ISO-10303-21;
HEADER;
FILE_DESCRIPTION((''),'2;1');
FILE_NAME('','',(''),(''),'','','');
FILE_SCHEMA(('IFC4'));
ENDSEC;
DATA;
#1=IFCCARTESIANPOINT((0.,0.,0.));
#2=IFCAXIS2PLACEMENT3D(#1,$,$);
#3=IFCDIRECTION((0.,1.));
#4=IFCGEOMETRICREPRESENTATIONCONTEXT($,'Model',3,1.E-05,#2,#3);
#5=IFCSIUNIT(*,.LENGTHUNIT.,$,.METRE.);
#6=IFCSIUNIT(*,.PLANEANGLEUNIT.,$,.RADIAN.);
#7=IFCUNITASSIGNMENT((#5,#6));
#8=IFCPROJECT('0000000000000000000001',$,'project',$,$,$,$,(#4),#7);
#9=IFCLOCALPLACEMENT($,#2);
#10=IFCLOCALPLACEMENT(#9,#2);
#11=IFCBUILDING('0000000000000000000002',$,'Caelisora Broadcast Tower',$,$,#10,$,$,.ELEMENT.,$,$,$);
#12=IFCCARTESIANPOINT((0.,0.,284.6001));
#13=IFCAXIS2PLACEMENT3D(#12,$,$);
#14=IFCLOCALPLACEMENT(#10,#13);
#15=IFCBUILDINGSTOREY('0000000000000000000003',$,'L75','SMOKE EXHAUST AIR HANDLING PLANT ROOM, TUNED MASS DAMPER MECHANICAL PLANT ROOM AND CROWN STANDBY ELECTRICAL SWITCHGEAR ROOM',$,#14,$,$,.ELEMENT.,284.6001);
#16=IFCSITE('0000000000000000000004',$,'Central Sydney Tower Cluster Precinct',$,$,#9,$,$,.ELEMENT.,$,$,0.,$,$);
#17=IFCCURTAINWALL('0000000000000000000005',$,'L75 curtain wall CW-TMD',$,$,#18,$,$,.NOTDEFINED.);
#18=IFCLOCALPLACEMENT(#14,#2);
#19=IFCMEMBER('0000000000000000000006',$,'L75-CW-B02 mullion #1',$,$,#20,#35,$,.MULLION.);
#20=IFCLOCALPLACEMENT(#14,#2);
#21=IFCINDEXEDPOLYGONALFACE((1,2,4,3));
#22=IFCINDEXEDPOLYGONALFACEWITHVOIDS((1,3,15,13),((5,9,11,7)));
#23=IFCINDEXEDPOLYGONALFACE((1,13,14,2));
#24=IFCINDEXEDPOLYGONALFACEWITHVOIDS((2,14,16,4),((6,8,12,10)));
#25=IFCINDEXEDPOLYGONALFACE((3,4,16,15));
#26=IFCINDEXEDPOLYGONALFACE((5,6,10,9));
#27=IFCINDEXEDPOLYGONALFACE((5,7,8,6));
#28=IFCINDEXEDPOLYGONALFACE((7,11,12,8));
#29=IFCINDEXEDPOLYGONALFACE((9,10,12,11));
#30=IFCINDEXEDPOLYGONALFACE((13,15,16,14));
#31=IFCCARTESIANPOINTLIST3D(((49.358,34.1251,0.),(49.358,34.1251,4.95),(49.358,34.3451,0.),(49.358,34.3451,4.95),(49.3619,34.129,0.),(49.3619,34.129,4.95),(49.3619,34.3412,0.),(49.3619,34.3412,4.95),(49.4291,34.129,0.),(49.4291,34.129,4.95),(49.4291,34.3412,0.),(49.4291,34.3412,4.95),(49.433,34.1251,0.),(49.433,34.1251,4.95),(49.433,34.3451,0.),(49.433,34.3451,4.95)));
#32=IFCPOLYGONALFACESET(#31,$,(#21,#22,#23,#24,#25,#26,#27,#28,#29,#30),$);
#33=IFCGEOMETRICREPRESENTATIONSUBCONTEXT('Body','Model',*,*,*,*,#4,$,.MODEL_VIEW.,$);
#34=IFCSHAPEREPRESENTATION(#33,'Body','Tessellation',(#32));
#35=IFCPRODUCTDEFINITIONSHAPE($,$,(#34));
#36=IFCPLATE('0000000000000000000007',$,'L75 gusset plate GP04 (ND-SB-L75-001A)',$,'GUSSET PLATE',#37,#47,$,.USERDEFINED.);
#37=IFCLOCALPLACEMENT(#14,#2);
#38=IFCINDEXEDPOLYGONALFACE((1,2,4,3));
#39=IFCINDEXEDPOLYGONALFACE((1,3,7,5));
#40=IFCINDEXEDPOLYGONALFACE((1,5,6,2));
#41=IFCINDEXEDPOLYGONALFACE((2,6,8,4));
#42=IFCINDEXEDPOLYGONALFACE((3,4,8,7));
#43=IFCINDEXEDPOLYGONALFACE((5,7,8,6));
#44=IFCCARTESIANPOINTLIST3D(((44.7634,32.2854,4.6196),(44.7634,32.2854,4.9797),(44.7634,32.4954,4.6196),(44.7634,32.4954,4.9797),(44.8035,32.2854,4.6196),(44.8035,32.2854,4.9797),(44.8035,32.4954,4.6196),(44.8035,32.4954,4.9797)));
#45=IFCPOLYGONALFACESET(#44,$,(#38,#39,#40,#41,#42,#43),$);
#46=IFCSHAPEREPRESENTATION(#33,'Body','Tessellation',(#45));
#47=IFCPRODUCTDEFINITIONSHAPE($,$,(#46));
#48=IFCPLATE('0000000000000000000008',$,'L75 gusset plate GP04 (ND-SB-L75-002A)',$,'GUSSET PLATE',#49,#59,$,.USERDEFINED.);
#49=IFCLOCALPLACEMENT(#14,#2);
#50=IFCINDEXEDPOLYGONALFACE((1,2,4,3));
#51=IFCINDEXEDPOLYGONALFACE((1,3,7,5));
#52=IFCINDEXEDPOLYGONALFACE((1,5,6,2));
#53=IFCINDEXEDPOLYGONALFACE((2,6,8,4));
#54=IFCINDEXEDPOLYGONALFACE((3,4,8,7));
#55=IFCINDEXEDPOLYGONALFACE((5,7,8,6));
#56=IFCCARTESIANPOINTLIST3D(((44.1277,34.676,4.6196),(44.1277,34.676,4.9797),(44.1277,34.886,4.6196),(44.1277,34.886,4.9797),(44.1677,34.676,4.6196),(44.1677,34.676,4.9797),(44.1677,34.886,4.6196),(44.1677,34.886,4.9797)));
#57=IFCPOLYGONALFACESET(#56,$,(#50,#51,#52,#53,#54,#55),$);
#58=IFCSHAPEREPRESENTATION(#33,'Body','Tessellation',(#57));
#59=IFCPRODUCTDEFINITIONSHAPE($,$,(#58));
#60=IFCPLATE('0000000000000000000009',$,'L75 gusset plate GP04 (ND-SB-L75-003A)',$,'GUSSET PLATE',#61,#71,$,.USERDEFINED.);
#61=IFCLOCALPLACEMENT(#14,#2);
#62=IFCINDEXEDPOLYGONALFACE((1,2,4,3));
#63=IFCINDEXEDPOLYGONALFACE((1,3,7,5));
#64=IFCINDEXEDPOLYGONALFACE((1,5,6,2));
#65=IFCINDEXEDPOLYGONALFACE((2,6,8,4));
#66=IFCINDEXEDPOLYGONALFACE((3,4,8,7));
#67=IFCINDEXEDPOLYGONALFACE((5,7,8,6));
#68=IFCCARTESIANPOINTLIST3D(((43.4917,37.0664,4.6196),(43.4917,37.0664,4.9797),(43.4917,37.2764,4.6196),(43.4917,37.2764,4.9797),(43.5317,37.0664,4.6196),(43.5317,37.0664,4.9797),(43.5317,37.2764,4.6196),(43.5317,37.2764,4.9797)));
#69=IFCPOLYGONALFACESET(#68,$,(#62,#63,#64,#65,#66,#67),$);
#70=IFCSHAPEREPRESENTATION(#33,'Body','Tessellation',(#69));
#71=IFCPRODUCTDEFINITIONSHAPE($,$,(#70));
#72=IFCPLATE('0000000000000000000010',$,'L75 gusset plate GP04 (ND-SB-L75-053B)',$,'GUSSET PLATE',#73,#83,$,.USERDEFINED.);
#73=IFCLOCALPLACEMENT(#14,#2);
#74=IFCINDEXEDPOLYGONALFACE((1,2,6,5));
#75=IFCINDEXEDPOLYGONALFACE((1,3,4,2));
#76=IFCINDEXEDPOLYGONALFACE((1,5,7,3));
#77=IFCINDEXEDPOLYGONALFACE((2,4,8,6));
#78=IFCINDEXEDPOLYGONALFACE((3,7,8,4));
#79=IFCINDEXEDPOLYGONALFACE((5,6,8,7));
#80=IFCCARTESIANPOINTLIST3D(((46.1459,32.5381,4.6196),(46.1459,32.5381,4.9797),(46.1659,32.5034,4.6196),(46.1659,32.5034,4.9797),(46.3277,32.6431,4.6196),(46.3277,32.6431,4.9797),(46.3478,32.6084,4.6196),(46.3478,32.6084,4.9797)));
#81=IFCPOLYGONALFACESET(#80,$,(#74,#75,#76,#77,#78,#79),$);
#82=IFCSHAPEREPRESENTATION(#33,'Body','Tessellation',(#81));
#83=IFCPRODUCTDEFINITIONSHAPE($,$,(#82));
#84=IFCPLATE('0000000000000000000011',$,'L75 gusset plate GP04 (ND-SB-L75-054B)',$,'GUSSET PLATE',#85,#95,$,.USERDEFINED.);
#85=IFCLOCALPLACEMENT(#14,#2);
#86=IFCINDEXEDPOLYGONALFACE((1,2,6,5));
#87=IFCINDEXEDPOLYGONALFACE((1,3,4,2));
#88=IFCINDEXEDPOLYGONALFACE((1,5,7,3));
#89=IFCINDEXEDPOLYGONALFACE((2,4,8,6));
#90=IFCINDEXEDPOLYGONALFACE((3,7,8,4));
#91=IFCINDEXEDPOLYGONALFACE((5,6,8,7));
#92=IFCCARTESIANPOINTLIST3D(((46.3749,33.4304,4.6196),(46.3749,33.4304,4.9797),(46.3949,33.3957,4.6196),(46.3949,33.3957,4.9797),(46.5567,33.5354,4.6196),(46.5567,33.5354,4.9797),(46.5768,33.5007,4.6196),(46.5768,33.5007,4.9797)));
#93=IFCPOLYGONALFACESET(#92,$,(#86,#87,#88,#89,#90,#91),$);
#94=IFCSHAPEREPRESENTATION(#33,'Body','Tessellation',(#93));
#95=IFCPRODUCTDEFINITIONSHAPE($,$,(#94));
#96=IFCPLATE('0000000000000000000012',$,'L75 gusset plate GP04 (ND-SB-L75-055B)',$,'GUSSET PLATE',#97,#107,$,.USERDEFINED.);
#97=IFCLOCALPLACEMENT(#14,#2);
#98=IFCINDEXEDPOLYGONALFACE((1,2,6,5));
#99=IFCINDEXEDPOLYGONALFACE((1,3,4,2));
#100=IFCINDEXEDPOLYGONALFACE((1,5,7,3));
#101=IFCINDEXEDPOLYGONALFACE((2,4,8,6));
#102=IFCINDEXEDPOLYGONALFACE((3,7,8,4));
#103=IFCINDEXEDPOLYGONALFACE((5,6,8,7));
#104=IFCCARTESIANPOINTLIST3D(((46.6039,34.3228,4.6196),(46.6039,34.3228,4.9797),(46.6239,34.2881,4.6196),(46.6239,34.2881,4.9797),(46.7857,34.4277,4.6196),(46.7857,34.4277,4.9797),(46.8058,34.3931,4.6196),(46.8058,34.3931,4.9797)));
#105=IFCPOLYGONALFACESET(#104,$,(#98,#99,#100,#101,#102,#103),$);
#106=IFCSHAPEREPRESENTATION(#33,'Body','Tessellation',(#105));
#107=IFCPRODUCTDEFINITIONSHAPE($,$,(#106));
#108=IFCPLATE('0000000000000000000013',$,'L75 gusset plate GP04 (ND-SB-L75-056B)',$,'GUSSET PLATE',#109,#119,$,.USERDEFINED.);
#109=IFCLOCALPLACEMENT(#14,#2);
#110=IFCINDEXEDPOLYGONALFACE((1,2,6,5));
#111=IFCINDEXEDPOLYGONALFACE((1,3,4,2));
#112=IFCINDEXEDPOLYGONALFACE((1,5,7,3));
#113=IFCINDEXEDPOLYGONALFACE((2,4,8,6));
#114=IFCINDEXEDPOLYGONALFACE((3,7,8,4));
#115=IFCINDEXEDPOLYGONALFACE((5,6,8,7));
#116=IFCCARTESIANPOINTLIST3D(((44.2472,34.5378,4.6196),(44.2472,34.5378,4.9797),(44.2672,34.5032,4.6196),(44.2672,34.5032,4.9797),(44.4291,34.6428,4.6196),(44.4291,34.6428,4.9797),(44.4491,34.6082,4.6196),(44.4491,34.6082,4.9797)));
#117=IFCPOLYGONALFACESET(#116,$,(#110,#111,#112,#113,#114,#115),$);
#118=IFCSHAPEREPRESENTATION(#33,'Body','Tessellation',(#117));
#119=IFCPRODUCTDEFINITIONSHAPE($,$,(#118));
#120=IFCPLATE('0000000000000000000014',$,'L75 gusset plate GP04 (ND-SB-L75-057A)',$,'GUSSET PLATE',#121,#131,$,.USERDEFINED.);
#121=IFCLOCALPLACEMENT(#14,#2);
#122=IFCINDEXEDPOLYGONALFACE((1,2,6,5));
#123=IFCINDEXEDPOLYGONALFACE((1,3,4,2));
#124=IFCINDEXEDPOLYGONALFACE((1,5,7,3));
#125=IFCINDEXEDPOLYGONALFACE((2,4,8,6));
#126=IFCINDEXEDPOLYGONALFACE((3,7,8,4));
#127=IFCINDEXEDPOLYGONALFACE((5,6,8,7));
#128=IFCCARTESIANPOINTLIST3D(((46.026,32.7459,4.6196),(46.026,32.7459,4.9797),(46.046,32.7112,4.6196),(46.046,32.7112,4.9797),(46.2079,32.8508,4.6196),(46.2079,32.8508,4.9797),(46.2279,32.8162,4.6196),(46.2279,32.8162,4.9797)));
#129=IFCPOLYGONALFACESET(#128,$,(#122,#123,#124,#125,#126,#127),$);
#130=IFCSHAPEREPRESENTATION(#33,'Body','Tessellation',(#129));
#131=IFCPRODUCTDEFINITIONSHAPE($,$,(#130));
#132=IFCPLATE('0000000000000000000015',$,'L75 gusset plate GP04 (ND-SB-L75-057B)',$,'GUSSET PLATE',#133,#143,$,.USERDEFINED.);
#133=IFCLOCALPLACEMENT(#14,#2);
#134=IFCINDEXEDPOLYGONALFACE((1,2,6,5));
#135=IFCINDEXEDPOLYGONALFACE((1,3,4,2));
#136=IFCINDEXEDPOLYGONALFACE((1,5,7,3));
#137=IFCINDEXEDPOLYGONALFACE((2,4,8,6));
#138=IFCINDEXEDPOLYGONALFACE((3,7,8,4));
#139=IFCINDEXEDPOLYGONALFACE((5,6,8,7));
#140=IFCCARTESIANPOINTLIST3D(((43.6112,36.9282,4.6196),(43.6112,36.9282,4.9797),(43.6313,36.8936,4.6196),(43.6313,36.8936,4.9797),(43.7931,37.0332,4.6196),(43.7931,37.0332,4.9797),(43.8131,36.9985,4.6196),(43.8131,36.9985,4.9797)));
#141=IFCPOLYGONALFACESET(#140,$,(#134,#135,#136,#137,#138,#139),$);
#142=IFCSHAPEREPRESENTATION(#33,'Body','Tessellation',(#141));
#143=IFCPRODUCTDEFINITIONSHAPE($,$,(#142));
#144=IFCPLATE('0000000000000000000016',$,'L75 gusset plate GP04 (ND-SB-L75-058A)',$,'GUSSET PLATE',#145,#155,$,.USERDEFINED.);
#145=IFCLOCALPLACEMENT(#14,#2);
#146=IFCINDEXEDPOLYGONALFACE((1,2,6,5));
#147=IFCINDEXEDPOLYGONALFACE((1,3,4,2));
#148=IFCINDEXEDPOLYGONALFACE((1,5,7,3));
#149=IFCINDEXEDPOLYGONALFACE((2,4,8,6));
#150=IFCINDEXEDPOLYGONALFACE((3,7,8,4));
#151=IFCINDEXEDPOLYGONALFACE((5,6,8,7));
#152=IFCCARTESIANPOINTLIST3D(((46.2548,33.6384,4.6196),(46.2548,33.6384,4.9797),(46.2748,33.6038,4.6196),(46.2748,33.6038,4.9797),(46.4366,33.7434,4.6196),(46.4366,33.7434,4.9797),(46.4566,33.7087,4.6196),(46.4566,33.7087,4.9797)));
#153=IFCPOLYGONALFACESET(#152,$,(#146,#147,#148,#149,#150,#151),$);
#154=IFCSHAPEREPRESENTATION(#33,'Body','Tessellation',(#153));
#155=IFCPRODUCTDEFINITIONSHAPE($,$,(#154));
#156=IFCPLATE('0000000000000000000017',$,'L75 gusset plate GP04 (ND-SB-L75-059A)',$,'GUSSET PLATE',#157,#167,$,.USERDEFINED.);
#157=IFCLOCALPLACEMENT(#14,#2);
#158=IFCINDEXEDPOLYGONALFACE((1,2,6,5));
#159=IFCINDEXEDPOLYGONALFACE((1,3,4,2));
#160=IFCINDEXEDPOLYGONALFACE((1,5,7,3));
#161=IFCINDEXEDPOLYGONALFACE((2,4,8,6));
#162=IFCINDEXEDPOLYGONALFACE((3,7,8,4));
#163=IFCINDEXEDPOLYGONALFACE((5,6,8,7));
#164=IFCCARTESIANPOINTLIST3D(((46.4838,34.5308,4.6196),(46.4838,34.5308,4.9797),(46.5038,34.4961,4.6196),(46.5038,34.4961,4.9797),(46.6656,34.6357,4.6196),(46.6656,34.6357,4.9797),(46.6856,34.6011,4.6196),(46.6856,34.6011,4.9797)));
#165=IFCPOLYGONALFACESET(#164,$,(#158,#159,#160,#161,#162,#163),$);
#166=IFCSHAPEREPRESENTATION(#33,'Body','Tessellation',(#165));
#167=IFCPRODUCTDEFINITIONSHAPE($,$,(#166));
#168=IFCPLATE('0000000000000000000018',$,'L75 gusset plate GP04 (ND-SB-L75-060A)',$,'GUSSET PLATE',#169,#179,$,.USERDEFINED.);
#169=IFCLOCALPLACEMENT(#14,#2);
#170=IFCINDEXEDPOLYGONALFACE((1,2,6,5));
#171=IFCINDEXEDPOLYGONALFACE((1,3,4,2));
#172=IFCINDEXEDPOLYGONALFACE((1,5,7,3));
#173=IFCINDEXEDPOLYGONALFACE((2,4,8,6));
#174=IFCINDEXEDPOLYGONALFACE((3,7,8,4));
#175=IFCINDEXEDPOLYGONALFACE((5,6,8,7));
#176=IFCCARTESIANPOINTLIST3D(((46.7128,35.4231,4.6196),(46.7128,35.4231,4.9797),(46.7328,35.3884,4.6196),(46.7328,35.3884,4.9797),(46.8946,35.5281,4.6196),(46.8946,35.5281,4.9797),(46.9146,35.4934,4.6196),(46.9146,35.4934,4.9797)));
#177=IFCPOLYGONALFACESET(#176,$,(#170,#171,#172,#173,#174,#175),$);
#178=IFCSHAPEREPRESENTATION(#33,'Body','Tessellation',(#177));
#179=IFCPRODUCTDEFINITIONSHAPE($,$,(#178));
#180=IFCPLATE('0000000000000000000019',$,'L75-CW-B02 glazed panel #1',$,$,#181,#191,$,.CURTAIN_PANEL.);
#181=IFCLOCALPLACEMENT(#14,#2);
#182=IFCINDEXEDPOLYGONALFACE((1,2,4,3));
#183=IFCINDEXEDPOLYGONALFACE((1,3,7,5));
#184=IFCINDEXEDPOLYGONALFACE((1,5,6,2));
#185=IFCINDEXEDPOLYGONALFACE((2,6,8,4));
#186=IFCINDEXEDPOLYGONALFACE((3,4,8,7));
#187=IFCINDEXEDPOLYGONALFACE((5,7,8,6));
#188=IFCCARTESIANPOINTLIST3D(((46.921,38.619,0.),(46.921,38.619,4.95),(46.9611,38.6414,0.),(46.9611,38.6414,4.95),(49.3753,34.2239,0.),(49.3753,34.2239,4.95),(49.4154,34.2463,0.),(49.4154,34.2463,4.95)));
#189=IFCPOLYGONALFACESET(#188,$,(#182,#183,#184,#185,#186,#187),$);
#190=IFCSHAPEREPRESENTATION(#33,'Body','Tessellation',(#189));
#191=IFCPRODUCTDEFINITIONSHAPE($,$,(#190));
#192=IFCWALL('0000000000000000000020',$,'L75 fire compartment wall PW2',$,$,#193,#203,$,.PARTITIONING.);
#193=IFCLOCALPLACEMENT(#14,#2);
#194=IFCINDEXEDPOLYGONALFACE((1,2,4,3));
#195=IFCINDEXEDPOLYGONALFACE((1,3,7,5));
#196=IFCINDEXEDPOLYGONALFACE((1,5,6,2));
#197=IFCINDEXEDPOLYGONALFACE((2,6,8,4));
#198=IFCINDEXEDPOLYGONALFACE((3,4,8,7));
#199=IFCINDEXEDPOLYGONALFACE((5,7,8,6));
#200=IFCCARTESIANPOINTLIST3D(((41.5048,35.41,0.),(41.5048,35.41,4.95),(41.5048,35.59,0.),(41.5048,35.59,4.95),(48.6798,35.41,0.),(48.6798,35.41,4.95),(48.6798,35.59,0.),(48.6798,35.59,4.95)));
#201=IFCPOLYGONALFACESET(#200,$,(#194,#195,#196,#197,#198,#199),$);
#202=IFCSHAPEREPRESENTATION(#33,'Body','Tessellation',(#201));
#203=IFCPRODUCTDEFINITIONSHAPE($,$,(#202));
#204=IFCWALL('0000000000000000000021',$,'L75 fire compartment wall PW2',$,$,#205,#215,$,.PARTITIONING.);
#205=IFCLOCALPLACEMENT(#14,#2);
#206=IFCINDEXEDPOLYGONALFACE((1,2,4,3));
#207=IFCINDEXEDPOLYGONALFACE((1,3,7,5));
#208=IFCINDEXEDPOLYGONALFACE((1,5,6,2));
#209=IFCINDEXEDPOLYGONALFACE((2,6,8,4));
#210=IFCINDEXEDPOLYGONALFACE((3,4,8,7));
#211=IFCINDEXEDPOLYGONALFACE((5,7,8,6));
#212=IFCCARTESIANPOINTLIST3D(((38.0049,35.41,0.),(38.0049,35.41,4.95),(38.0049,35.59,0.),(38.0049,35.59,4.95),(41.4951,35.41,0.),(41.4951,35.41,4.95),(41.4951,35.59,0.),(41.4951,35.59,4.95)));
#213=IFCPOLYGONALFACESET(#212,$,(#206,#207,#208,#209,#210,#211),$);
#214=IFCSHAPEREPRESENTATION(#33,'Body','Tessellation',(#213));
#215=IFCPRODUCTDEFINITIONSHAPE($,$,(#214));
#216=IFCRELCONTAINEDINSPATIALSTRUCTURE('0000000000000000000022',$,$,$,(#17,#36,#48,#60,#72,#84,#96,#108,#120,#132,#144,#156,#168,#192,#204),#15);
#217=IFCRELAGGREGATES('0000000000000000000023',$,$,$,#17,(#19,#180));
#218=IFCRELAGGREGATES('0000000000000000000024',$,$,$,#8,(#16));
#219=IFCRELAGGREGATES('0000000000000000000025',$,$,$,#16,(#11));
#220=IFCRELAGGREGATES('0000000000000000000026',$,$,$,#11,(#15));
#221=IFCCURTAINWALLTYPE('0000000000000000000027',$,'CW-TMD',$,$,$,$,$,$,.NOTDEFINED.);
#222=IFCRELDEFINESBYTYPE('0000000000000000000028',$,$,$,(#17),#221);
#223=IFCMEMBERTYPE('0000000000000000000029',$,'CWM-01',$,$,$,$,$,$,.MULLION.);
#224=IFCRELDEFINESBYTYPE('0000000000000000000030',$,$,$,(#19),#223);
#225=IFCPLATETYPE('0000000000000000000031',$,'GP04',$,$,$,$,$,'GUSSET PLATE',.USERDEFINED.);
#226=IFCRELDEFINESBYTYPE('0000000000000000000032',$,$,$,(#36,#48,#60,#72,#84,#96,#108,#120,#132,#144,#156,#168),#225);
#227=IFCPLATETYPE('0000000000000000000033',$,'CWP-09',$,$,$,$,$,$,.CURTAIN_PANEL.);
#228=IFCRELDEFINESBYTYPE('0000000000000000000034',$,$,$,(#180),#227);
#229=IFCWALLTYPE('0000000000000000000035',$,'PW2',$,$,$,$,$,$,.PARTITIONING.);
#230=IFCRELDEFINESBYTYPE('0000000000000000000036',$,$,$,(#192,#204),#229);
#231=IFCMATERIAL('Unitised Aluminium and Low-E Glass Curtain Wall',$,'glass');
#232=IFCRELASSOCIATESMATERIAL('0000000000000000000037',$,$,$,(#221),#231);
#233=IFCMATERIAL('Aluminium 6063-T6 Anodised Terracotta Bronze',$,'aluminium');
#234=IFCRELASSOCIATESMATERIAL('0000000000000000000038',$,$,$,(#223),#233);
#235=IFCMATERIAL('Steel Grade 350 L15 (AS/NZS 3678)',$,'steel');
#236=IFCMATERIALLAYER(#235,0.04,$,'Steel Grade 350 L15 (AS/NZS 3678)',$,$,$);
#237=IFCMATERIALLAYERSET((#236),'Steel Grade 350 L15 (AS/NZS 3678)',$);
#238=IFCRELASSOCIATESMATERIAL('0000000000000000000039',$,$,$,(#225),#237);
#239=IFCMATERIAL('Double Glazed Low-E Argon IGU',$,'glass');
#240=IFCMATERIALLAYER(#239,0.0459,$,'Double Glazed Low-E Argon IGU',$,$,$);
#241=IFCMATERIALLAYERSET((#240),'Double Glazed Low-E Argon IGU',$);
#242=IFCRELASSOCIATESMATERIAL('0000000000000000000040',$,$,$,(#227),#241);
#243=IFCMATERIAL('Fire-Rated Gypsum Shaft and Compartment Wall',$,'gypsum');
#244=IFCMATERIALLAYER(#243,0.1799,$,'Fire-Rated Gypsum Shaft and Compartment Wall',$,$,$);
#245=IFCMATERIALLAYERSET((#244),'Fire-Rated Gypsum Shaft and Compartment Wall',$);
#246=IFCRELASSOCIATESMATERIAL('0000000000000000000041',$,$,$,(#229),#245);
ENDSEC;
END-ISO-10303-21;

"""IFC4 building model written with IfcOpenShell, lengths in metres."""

from ifc_helpers import new_model, si_unit, direction, frame, frame_2d, origin, origin_2d, place, context, subcontext, project, spatial, rectangle, hollow_rectangle, extrude, source, transform, mapped, material, layer, layer_set, material_profile, profile_set, type_object, type_shapes, element, aggregate, save


model = new_model("IFC4")

# Units and contexts
model_context = context("Model", 3, precision=1e-05, world=origin(), true_north=direction((0.0, 1.0)))
body_context = subcontext(model_context, "Body", "Model", "MODEL_VIEW")
ifc_project = project(units=[si_unit("LENGTHUNIT", "METRE"), si_unit("PLANEANGLEUNIT", "RADIAN")], contexts=[model_context])

# Site, building, storey
site_placement = place(None, origin())
site = spatial("IfcSite", under=ifc_project, at=site_placement, Name="Central Sydney Tower Cluster Precinct", CompositionType="ELEMENT", RefElevation=0.0)
building_placement = place(site_placement, origin())
building = spatial("IfcBuilding", under=site, at=building_placement, Name="Caelisora Broadcast Tower", CompositionType="ELEMENT")
storey_placement = place(building_placement, frame((0.0, 0.0, 284.6001)))
storey = spatial("IfcBuildingStorey", under=building, at=storey_placement, Name="L75", Description="SMOKE EXHAUST AIR HANDLING PLANT ROOM, TUNED MASS DAMPER MECHANICAL PLANT ROOM AND CROWN STANDBY ELECTRICAL SWITCHGEAR ROOM", CompositionType="ELEMENT", Elevation=284.6001)

# Shared definitions
ifc_material_1 = material(Name="Steel Grade 350 L15 (AS/NZS 3678)", Category="steel")

# Curtain wall, member
ifc_material_2 = material(Name="Unitised Aluminium and Low-E Glass Curtain Wall", Category="glass")
curtain_wall_type = type_object("IfcCurtainWallType", Name="CW-TMD", PredefinedType="NOTDEFINED", material=ifc_material_2)
curtain_wall_placement = place(storey_placement, origin())
curtain_wall = element("IfcCurtainWall", 1, at=curtain_wall_placement, inside=storey, type_object=curtain_wall_type, Name="L75 curtain wall CW-TMD", PredefinedType="NOTDEFINED")
ifc_material_3 = material(Name="Aluminium 6063-T6 Anodised Terracotta Bronze", Category="aluminium")
ifc_material_profile_1 = material_profile(ifc_material_3, hollow_rectangle(XDim=0.075, YDim=0.22, WallThickness=0.0039, at=origin_2d()), Name="Aluminium 6063-T6 Anodised Terracotta Bronze")
ifc_profile_set_1 = profile_set([ifc_material_profile_1], Name="Aluminium 6063-T6 Anodised Terracotta Bronze")
member_type = type_object("IfcMemberType", Name="CWM-01", PredefinedType="MULLION", material=ifc_profile_set_1)
shared_shape_1 = source(origin(), body_context, "Body", "SweptSolid", [
    extrude(hollow_rectangle(XDim=0.075, YDim=0.22, WallThickness=0.0039, at=origin_2d()), origin(), (0.0, 0.0, 1.0), 4.95),
])
type_shapes(member_type, [shared_shape_1])
member_placement = place(storey_placement, frame((49.3955, 34.2351, 0.0), z_axis=(0.0, 0.0, 1.0), x_axis=(1.0, 0.0, 0.0)))
member = element("IfcMember", 2, at=member_placement, type_object=member_type, Name="L75-CW-B02 mullion #1", PredefinedType="MULLION", context=body_context, shape_type="MappedRepresentation", body=[
    mapped(shared_shape_1, transform((0.0, 0.0, 0.0), scale=1.0)),
])

# Plates
ifc_layer_1 = layer(ifc_material_1, 0.04, Name="Steel Grade 350 L15 (AS/NZS 3678)")
ifc_layer_set_1 = layer_set([ifc_layer_1], Name="Steel Grade 350 L15 (AS/NZS 3678)")
plate_type_1 = type_object("IfcPlateType", Name="GP04", ElementType="GUSSET PLATE", PredefinedType="USERDEFINED", material=ifc_layer_set_1)
shared_shape_2 = source(origin(), body_context, "Body", "SweptSolid", [
    extrude(rectangle(XDim=0.21, YDim=0.04, at=origin_2d()), origin(), (0.0, 0.0, 1.0), 0.3601),
])
type_shapes(plate_type_1, [shared_shape_2])
for number, where, z_axis, x_axis, name in (
    (3, (44.7834, 32.3904, 4.6196), (0.0, 0.0, 1.0), (0.0, -1.0, 0.0), "L75 gusset plate GP04 (ND-SB-L75-001A)"),
    (4, (44.1477, 34.781, 4.6196), (0.0, 0.0, 1.0), (0.0, -1.0, 0.0), "L75 gusset plate GP04 (ND-SB-L75-002A)"),
    (5, (43.5117, 37.1714, 4.6196), (0.0, 0.0, 1.0), (0.0, -1.0, 0.0), "L75 gusset plate GP04 (ND-SB-L75-003A)"),
    (6, (46.2468, 32.5732, 4.6196), (0.0, 0.0, 1.0), (-0.866025, -0.5, 0.0), "L75 gusset plate GP04 (ND-SB-L75-053B)"),
    (7, (46.4758, 33.4656, 4.6196), (0.0, 0.0, 1.0), (-0.866025, -0.5, 0.0), "L75 gusset plate GP04 (ND-SB-L75-054B)"),
    (8, (46.7048, 34.3579, 4.6196), (0.0, 0.0, 1.0), (-0.866025, -0.5, 0.0), "L75 gusset plate GP04 (ND-SB-L75-055B)"),
    (9, (44.3481, 34.573, 4.6196), (0.0, 0.0, 1.0), (-0.866025, -0.5, 0.0), "L75 gusset plate GP04 (ND-SB-L75-056B)"),
    (10, (46.127, 32.781, 4.6196), (0.0, 0.0, 1.0), (-0.866025, -0.5, 0.0), "L75 gusset plate GP04 (ND-SB-L75-057A)"),
    (11, (43.7122, 36.9634, 4.6196), (0.0, 0.0, 1.0), (-0.866025, -0.5, 0.0), "L75 gusset plate GP04 (ND-SB-L75-057B)"),
    (12, (46.3557, 33.6736, 4.6196), (0.0, 0.0, 1.0), (-0.866025, -0.5, 0.0), "L75 gusset plate GP04 (ND-SB-L75-058A)"),
    (13, (46.5847, 34.5659, 4.6196), (0.0, 0.0, 1.0), (-0.866025, -0.5, 0.0), "L75 gusset plate GP04 (ND-SB-L75-059A)"),
    (14, (46.8137, 35.4583, 4.6196), (0.0, 0.0, 1.0), (-0.866025, -0.5, 0.0), "L75 gusset plate GP04 (ND-SB-L75-060A)"),
):
    element("IfcPlate", number, at=place(storey_placement, frame(where, z_axis=z_axis, x_axis=x_axis)), inside=storey, type_object=plate_type_1, Name=name, ObjectType="GUSSET PLATE", PredefinedType="USERDEFINED", context=body_context, shape_type="MappedRepresentation", body=[
        mapped(shared_shape_2, transform((0.0, 0.0, 0.0), scale=1.0)),
    ])

# Plate
ifc_material_4 = material(Name="Double Glazed Low-E Argon IGU", Category="glass")
ifc_layer_2 = layer(ifc_material_4, 0.0459, Name="Double Glazed Low-E Argon IGU")
ifc_layer_set_2 = layer_set([ifc_layer_2], Name="Double Glazed Low-E Argon IGU")
plate_type_2 = type_object("IfcPlateType", Name="CWP-09", PredefinedType="CURTAIN_PANEL", material=ifc_layer_set_2)
shared_shape_3 = source(origin(), body_context, "Body", "SweptSolid", [
    extrude(rectangle(XDim=5.0339, YDim=0.0459, at=origin_2d()), origin(), (0.0, 0.0, 1.0), 4.95),
])
type_shapes(plate_type_2, [shared_shape_3])
plate_placement = place(storey_placement, frame((48.1682, 36.4326, 0.0), z_axis=(0.0, 0.0, 1.0), x_axis=(0.487555, -0.873092, 0.0)))
plate = element("IfcPlate", 15, at=plate_placement, type_object=plate_type_2, Name="L75-CW-B02 glazed panel #1", PredefinedType="CURTAIN_PANEL", context=body_context, shape_type="MappedRepresentation", body=[
    mapped(shared_shape_3, transform((0.0, 0.0, 0.0), scale=1.0)),
])
aggregate(curtain_wall, [member, plate])

# Walls
ifc_material_5 = material(Name="Fire-Rated Gypsum Shaft and Compartment Wall", Category="gypsum")
ifc_layer_3 = layer(ifc_material_5, 0.1799, Name="Fire-Rated Gypsum Shaft and Compartment Wall")
ifc_layer_set_3 = layer_set([ifc_layer_3], Name="Fire-Rated Gypsum Shaft and Compartment Wall")
wall_type = type_object("IfcWallType", Name="PW2", PredefinedType="PARTITIONING", material=ifc_layer_set_3)
wall_1_placement = place(storey_placement, frame((41.5049, 35.5, 0.0), z_axis=(0.0, 0.0, 1.0), x_axis=(1.0, 0.0, 0.0)))
element("IfcWall", 16, at=wall_1_placement, inside=storey, type_object=wall_type, Name="L75 fire compartment wall PW2", PredefinedType="PARTITIONING", context=body_context, shape_type="SweptSolid", body=[
    extrude(rectangle(XDim=7.175, YDim=0.1799, at=frame_2d((3.5874, 0.0))), origin(), (0.0, 0.0, 1.0), 4.95),
])
wall_2_placement = place(storey_placement, frame((38.0049, 35.5, 0.0), z_axis=(0.0, 0.0, 1.0), x_axis=(1.0, 0.0, 0.0)))
element("IfcWall", 17, at=wall_2_placement, inside=storey, type_object=wall_type, Name="L75 fire compartment wall PW2", PredefinedType="PARTITIONING", context=body_context, shape_type="SweptSolid", body=[
    extrude(rectangle(XDim=3.4902, YDim=0.1799, at=frame_2d((1.7451, 0.0))), origin(), (0.0, 0.0, 1.0), 4.95),
])

save(model, "model.ifc")
